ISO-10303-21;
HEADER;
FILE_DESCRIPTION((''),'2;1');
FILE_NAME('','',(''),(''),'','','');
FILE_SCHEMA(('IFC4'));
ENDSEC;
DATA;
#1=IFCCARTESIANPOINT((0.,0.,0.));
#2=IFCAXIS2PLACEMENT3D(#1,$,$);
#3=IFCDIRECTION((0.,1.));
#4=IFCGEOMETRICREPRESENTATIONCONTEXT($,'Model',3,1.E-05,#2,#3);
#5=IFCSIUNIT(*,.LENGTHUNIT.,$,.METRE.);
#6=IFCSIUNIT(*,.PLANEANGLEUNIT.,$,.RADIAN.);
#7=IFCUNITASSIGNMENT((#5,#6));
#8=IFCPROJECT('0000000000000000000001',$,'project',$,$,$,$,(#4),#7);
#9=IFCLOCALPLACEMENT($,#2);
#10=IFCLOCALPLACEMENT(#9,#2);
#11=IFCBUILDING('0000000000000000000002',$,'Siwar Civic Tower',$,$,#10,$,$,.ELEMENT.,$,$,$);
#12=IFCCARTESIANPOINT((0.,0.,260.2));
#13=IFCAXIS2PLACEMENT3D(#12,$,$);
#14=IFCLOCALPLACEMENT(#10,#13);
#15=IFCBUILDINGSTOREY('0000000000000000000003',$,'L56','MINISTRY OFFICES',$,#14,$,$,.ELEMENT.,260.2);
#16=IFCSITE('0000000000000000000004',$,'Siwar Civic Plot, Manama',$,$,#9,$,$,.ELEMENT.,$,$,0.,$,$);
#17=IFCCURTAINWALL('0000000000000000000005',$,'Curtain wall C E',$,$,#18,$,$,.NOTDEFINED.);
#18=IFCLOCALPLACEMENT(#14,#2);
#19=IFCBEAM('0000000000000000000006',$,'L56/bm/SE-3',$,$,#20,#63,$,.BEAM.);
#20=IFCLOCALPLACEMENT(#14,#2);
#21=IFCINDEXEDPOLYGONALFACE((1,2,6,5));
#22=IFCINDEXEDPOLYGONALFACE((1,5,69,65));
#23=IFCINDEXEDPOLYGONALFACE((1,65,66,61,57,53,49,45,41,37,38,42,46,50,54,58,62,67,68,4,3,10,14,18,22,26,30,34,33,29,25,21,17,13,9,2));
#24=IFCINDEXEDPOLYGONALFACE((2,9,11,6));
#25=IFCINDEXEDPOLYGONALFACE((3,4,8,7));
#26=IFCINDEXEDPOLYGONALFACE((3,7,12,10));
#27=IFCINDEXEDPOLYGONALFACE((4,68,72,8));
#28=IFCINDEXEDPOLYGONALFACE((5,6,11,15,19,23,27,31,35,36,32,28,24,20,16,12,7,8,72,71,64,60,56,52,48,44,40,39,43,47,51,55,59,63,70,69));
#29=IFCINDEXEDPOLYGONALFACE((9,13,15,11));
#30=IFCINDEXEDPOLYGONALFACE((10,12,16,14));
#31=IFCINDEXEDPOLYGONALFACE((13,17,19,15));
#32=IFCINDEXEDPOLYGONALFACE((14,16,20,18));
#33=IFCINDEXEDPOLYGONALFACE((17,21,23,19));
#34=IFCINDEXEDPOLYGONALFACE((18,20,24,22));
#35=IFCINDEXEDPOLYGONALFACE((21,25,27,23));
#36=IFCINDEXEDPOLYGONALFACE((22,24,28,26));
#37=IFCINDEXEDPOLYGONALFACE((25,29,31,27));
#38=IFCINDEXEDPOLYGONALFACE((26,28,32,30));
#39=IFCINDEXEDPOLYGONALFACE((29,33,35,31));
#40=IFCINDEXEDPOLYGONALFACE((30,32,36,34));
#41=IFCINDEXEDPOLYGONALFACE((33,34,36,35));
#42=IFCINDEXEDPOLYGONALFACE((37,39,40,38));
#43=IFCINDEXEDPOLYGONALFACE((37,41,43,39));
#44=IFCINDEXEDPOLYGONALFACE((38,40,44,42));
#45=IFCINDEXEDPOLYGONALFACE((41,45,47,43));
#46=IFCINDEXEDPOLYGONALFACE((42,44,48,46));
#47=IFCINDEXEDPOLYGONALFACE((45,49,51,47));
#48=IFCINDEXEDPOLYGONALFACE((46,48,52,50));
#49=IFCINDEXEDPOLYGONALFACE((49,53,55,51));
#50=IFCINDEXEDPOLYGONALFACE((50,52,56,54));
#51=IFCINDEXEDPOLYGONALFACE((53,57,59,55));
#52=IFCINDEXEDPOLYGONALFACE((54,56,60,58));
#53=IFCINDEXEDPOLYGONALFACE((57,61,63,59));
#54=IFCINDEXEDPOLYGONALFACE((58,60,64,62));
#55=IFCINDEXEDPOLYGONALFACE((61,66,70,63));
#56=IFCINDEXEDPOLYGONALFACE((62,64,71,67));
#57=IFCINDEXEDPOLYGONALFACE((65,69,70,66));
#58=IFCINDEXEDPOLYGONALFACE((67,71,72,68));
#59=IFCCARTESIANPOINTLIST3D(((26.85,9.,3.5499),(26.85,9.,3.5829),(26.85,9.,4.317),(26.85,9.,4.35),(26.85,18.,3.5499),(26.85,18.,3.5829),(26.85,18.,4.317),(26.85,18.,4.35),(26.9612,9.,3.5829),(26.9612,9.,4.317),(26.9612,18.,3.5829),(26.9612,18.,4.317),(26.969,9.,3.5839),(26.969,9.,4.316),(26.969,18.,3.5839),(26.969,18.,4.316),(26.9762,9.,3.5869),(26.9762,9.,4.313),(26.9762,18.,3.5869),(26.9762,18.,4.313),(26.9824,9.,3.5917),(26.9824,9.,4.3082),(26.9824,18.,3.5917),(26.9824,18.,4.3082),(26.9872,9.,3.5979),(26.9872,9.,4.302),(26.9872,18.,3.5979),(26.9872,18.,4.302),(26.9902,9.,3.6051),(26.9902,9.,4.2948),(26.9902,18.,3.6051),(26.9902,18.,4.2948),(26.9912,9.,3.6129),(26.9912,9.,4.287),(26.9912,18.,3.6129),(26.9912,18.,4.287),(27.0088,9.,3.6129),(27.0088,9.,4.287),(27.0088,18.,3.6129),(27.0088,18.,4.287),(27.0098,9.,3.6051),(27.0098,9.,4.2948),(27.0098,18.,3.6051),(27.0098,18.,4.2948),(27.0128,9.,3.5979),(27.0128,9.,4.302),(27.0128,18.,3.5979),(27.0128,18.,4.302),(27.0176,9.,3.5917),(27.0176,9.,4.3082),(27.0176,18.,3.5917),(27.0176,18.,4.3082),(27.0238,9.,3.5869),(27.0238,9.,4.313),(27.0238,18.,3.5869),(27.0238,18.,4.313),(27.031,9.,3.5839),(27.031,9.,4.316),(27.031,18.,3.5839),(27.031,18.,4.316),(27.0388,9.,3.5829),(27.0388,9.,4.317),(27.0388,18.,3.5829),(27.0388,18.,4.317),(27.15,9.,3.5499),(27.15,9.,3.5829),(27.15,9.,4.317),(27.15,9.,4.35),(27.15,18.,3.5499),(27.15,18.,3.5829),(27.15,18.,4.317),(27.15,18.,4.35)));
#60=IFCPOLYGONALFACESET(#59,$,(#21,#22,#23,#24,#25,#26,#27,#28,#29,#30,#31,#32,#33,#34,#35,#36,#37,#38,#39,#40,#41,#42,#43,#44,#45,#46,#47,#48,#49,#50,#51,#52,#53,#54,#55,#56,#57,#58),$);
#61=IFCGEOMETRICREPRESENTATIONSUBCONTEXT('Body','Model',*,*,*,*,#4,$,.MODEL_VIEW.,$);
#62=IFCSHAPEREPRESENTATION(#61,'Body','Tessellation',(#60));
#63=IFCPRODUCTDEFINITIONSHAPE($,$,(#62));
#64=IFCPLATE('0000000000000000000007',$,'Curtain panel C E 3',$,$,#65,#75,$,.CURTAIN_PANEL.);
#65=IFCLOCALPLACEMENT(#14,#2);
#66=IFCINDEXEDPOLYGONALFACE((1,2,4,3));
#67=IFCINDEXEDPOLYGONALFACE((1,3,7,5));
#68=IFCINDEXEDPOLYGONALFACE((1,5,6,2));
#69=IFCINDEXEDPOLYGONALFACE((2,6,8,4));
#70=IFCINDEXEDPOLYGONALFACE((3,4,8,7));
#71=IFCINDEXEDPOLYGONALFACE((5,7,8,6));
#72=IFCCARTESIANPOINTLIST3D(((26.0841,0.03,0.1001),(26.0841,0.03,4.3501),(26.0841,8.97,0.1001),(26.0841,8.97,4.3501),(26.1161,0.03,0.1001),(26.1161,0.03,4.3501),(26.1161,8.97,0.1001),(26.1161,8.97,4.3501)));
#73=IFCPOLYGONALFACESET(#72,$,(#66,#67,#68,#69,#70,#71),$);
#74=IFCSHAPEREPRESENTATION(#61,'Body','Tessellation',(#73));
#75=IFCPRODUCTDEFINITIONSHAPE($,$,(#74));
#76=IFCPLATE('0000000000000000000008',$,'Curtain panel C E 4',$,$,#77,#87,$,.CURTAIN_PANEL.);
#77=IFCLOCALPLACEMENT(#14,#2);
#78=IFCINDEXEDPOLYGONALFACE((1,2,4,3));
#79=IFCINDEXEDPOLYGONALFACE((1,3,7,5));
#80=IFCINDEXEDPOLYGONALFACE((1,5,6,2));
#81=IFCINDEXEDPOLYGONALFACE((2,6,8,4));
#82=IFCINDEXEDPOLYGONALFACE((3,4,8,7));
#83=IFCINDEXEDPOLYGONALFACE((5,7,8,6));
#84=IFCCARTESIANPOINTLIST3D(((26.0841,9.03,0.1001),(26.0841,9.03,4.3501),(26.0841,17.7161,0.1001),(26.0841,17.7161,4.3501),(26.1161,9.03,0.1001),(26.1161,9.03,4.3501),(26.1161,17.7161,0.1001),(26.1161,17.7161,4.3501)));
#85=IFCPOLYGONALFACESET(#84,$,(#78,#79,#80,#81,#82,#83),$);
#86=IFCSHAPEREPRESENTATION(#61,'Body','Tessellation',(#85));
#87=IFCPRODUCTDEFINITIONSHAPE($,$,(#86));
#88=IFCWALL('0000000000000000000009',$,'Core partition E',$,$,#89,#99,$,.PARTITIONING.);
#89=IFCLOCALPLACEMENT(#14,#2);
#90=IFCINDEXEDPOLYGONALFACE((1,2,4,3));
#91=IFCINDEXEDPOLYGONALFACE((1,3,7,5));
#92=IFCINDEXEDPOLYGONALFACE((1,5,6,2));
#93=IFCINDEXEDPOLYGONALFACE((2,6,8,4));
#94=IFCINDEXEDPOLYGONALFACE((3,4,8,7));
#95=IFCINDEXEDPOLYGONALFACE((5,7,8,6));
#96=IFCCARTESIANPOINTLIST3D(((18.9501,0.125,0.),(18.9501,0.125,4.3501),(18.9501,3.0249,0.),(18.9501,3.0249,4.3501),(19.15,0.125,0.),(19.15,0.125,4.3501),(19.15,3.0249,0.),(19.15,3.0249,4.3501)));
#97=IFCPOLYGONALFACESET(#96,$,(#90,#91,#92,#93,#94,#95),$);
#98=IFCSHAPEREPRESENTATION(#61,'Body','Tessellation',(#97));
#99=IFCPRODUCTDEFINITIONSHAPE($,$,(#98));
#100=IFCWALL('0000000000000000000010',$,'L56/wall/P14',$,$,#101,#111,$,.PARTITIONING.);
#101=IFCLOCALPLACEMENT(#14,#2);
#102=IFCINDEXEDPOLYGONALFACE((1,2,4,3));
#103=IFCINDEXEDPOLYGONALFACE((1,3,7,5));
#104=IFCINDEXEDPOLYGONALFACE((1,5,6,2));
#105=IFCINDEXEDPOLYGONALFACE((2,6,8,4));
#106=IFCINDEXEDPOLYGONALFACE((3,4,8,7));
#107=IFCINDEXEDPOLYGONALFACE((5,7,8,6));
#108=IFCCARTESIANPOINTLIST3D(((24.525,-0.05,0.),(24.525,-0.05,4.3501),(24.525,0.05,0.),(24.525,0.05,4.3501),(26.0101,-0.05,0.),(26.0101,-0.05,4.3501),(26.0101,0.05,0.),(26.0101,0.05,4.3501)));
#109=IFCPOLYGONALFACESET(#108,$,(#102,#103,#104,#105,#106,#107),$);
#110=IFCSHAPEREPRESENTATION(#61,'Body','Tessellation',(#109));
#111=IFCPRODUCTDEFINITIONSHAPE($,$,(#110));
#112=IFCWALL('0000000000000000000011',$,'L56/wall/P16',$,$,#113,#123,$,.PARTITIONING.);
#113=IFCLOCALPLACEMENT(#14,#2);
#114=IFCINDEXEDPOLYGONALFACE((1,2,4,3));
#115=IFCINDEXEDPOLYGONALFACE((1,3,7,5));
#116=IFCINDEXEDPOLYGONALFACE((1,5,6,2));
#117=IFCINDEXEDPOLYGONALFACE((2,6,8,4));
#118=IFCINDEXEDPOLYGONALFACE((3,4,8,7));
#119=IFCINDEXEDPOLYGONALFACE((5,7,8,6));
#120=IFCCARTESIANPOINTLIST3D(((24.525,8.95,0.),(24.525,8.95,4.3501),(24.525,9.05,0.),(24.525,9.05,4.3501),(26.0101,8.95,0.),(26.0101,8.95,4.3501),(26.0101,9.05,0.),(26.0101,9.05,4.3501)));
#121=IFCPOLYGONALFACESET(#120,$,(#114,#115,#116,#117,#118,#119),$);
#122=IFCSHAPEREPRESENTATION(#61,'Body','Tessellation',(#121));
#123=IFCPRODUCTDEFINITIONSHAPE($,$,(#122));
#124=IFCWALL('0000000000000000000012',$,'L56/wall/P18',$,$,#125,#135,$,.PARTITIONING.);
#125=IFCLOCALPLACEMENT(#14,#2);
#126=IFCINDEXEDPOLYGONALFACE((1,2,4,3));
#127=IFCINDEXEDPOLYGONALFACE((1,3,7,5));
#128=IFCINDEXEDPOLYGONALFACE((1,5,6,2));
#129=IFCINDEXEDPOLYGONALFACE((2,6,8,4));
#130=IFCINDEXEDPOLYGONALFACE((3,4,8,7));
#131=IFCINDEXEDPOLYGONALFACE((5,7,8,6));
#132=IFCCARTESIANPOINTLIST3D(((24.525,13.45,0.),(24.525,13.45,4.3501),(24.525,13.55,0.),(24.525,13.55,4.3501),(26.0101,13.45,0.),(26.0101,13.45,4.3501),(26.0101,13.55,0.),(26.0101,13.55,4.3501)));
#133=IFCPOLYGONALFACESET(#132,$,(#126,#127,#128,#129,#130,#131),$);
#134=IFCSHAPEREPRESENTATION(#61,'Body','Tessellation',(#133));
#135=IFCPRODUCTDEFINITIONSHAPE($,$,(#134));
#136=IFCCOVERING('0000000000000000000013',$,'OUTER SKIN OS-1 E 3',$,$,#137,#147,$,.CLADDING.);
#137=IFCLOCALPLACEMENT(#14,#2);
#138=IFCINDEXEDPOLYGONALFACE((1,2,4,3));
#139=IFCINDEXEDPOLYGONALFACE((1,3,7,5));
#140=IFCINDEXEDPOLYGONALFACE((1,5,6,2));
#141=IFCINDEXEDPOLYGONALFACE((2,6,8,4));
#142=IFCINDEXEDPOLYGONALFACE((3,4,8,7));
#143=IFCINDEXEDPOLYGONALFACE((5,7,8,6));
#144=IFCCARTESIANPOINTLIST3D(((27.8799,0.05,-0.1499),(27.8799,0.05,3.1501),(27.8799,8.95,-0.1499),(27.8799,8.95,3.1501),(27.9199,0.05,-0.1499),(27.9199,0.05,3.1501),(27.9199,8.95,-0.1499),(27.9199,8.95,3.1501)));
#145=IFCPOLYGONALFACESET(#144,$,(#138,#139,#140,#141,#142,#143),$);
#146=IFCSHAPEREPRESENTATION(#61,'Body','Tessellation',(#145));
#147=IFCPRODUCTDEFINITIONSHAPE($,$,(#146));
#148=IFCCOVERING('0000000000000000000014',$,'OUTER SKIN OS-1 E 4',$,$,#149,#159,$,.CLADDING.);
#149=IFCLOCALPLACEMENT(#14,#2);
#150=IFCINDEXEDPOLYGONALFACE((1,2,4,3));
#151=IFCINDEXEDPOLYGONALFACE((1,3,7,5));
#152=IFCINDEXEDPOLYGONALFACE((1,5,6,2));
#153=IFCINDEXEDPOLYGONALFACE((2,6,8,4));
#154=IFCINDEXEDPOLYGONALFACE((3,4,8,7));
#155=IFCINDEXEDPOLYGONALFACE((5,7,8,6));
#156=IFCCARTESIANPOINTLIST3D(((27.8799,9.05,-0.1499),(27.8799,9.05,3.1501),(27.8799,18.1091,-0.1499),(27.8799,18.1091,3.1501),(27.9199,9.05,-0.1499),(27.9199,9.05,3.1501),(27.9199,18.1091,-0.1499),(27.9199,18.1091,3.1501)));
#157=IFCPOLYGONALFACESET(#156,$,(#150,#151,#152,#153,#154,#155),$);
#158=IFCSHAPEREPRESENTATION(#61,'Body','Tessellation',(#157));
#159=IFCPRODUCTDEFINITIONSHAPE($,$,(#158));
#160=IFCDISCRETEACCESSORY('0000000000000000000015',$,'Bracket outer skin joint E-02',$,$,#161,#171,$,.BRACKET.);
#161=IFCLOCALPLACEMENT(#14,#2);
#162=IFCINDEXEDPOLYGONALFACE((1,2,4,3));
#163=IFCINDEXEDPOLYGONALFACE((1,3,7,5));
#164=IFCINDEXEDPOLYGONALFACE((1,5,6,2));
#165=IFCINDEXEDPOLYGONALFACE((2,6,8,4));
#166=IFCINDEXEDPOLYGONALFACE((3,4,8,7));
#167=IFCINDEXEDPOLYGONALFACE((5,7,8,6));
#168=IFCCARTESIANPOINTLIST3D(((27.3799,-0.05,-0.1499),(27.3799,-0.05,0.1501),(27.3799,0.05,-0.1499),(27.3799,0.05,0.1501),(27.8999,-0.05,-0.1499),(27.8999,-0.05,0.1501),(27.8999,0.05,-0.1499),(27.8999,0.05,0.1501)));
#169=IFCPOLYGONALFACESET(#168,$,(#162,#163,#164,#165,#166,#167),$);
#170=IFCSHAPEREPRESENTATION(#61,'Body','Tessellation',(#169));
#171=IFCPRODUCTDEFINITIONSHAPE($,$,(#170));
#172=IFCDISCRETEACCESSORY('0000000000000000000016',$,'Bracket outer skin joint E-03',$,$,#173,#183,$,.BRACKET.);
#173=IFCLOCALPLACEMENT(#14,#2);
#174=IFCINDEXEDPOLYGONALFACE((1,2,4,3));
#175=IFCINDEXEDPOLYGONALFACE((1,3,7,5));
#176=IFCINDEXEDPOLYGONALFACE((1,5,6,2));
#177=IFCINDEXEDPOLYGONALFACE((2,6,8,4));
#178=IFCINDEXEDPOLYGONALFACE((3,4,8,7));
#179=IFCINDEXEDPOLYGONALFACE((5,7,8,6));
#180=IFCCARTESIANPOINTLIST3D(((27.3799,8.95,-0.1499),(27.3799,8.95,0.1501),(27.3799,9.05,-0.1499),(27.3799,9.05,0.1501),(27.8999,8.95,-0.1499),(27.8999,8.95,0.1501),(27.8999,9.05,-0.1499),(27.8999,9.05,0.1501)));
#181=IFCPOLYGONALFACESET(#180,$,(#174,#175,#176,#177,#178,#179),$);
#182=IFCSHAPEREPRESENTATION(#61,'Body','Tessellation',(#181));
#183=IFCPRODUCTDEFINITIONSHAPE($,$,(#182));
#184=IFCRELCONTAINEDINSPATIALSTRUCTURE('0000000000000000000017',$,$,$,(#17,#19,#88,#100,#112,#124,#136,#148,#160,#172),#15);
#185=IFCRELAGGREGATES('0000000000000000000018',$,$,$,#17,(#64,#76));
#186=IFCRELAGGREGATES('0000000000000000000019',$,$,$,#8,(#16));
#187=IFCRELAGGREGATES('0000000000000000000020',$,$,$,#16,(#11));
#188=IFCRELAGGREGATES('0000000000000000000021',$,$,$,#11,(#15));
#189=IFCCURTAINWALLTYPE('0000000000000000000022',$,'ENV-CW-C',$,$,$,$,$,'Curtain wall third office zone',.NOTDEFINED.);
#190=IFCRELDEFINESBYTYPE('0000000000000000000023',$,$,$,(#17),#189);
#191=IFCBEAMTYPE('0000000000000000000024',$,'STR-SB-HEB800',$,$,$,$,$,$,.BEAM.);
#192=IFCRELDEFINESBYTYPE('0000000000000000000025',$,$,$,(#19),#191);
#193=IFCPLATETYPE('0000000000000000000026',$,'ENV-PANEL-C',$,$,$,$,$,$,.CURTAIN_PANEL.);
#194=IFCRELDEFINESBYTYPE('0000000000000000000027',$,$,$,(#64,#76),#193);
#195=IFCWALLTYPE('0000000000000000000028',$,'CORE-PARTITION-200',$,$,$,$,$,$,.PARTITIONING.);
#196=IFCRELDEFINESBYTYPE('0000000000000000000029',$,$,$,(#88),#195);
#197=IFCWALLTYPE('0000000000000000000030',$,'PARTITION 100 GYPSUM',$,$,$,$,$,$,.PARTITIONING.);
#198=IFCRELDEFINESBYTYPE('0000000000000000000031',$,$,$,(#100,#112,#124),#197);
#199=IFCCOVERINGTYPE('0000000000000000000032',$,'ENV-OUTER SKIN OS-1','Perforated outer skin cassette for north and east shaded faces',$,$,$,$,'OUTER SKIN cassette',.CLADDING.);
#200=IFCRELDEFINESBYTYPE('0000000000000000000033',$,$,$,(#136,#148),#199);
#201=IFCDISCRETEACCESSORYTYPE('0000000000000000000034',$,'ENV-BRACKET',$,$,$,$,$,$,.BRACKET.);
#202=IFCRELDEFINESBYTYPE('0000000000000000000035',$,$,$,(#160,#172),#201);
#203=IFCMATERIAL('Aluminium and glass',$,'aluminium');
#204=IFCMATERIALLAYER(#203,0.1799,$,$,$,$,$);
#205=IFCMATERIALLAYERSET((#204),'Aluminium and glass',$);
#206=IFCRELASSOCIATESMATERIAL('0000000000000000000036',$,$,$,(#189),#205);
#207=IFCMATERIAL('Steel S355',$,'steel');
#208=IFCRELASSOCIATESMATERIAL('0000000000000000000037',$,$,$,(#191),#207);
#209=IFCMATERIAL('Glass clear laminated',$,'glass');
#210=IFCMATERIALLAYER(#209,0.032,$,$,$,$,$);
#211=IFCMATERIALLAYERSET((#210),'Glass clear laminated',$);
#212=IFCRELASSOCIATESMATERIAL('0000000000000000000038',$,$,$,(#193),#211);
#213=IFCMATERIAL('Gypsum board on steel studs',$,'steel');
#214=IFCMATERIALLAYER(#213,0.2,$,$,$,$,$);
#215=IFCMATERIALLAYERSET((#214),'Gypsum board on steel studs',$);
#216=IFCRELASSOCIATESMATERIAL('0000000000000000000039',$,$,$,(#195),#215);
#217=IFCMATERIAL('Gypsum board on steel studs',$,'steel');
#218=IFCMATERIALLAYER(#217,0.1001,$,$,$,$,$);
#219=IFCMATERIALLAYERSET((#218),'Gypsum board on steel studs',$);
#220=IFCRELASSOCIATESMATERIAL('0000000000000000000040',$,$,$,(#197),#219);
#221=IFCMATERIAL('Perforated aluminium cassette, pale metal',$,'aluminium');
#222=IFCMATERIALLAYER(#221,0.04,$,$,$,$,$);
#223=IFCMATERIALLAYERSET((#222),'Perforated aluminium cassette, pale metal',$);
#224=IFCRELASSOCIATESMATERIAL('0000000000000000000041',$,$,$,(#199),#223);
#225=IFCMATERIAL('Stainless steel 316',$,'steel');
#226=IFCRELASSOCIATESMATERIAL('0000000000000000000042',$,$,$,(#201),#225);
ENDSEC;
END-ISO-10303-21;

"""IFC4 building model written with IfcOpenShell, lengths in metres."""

from ifc_helpers import new_model, si_unit, direction, frame, frame_2d, origin, origin_2d, place, context, subcontext, project, spatial, rectangle, i_section, extrude, material, layer, layer_set, material_profile, profile_set, type_object, element, aggregate, save


model = new_model("IFC4")

# Units and contexts
model_context = context("Model", 3, precision=1e-05, world=origin(), true_north=direction((0.0, 1.0)))
body_context = subcontext(model_context, "Body", "Model", "MODEL_VIEW")
ifc_project = project(units=[si_unit("LENGTHUNIT", "METRE"), si_unit("PLANEANGLEUNIT", "RADIAN")], contexts=[model_context])

# Site, building, storey
site_placement = place(None, origin())
site = spatial("IfcSite", under=ifc_project, at=site_placement, Name="Siwar Civic Plot, Manama", CompositionType="ELEMENT", RefElevation=0.0)
building_placement = place(site_placement, origin())
building = spatial("IfcBuilding", under=site, at=building_placement, Name="Siwar Civic Tower", CompositionType="ELEMENT")
storey_placement = place(building_placement, frame((0.0, 0.0, 260.2)))
storey = spatial("IfcBuildingStorey", under=building, at=storey_placement, Name="L56", Description="MINISTRY OFFICES", CompositionType="ELEMENT", Elevation=260.2)

# Curtain wall
ifc_material_1 = material(Name="Aluminium and glass", Category="aluminium")
ifc_layer_1 = layer(ifc_material_1, 0.1799)
ifc_layer_set_1 = layer_set([ifc_layer_1], Name="Aluminium and glass")
curtain_wall_type_1 = type_object("IfcCurtainWallType", Name="ENV-CW-C", ElementType="Curtain wall third office zone", PredefinedType="NOTDEFINED", material=ifc_layer_set_1)
curtain_wall_1_placement = place(storey_placement, origin())
curtain_wall_1 = element("IfcCurtainWall", 1, at=curtain_wall_1_placement, inside=storey, type_object=curtain_wall_type_1, Name="Curtain wall C E", PredefinedType="NOTDEFINED")

# Beam
ifc_material_2 = material(Name="Steel S355", Category="steel")
ifc_material_profile_1 = material_profile(ifc_material_2, i_section(OverallWidth=0.3, OverallDepth=0.8, WebThickness=0.0176, FlangeThickness=0.033, FilletRadius=0.03, at=origin_2d()), Name="HEB800")
ifc_profile_set_1 = profile_set([ifc_material_profile_1], Name="Steel S355")
beam_type_1 = type_object("IfcBeamType", Name="STR-SB-HEB800", PredefinedType="BEAM", material=ifc_profile_set_1)
for number, where, z_axis, x_axis, name in (
    (2, (27.0, 9.0, 3.95), (0.0, 1.0, 0.0), (-1.0, 0.0, 0.0), "L56/bm/SE-3"),
):
    element("IfcBeam", number, at=place(storey_placement, frame(where, z_axis=z_axis, x_axis=x_axis)), inside=storey, type_object=beam_type_1, Name=name, PredefinedType="BEAM", context=body_context, shape_type="SweptSolid", body=[
        extrude(i_section(OverallWidth=0.3, OverallDepth=0.8, WebThickness=0.0176, FlangeThickness=0.033, FilletRadius=0.03, at=origin_2d()), origin(), (0.0, 0.0, 1.0), 9.0),
    ])

# Plates
ifc_material_3 = material(Name="Glass clear laminated", Category="glass")
ifc_layer_2 = layer(ifc_material_3, 0.032)
ifc_layer_set_2 = layer_set([ifc_layer_2], Name="Glass clear laminated")
plate_type = type_object("IfcPlateType", Name="ENV-PANEL-C", PredefinedType="CURTAIN_PANEL", material=ifc_layer_set_2)
plate_1_placement = place(storey_placement, frame((26.1001, 4.5, 0.1001), z_axis=(0.0, 0.0, 1.0), x_axis=(0.0, 1.0, 0.0)))
plate_1 = element("IfcPlate", 3, at=plate_1_placement, type_object=plate_type, Name="Curtain panel C E 3", PredefinedType="CURTAIN_PANEL", context=body_context, shape_type="SweptSolid", body=[
    extrude(rectangle(XDim=8.9399, YDim=0.032, at=origin_2d()), origin(), (0.0, 0.0, 1.0), 4.25),
])
plate_2_placement = place(storey_placement, frame((26.1001, 13.373, 0.1001), z_axis=(0.0, 0.0, 1.0), x_axis=(0.0, 1.0, 0.0)))
plate_2 = element("IfcPlate", 4, at=plate_2_placement, type_object=plate_type, Name="Curtain panel C E 4", PredefinedType="CURTAIN_PANEL", context=body_context, shape_type="SweptSolid", body=[
    extrude(rectangle(XDim=8.686, YDim=0.032, at=origin_2d()), origin(), (0.0, 0.0, 1.0), 4.25),
])
aggregate(curtain_wall_1, [plate_1, plate_2])

# Walls
ifc_material_4 = material(Name="Gypsum board on steel studs", Category="steel")
ifc_layer_3 = layer(ifc_material_4, 0.2)
ifc_layer_set_3 = layer_set([ifc_layer_3], Name="Gypsum board on steel studs")
wall_type_1 = type_object("IfcWallType", Name="CORE-PARTITION-200", PredefinedType="PARTITIONING", material=ifc_layer_set_3)
wall_placement = place(storey_placement, frame((19.05, 0.125, 0.0), z_axis=(0.0, 0.0, 1.0), x_axis=(0.0, 1.0, 0.0)))
element("IfcWall", 5, at=wall_placement, inside=storey, type_object=wall_type_1, Name="Core partition E", PredefinedType="PARTITIONING", context=body_context, shape_type="SweptSolid", body=[
    extrude(rectangle(XDim=2.8999, YDim=0.2, at=frame_2d((1.45, 0.0))), origin(), (0.0, 0.0, 1.0), 4.3501),
])
ifc_material_5 = material(Name="Gypsum board on steel studs", Category="steel")
ifc_layer_4 = layer(ifc_material_5, 0.1001)
ifc_layer_set_4 = layer_set([ifc_layer_4], Name="Gypsum board on steel studs")
wall_type_2 = type_object("IfcWallType", Name="PARTITION 100 GYPSUM", PredefinedType="PARTITIONING", material=ifc_layer_set_4)
for number, where, z_axis, x_axis, name in (
    (6, (24.5249, 0.0, 0.0), (0.0, 0.0, 1.0), (1.0, 0.0, 0.0), "L56/wall/P14"),
    (7, (24.5249, 9.0, 0.0), (0.0, 0.0, 1.0), (1.0, 0.0, 0.0), "L56/wall/P16"),
    (8, (24.5249, 13.5, 0.0), (0.0, 0.0, 1.0), (1.0, 0.0, 0.0), "L56/wall/P18"),
):
    element("IfcWall", number, at=place(storey_placement, frame(where, z_axis=z_axis, x_axis=x_axis)), inside=storey, type_object=wall_type_2, Name=name, PredefinedType="PARTITIONING", context=body_context, shape_type="SweptSolid", body=[
        extrude(rectangle(XDim=1.4851, YDim=0.1001, at=frame_2d((0.7427, 0.0))), origin(), (0.0, 0.0, 1.0), 4.3501),
    ])

# Coverings
ifc_material_6 = material(Name="Perforated aluminium cassette, pale metal", Category="aluminium")
ifc_layer_5 = layer(ifc_material_6, 0.04)
ifc_layer_set_5 = layer_set([ifc_layer_5], Name="Perforated aluminium cassette, pale metal")
covering_type = type_object("IfcCoveringType", Name="ENV-OUTER SKIN OS-1", Description="Perforated outer skin cassette for north and east shaded faces", ElementType="OUTER SKIN cassette", PredefinedType="CLADDING", material=ifc_layer_set_5)
covering_1_placement = place(storey_placement, frame((27.8999, 4.5, -0.1499), z_axis=(0.0, 0.0, 1.0), x_axis=(0.0, 1.0, 0.0)))
element("IfcCovering", 9, at=covering_1_placement, inside=storey, type_object=covering_type, Name="OUTER SKIN OS-1 E 3", PredefinedType="CLADDING", context=body_context, shape_type="SweptSolid", body=[
    extrude(rectangle(XDim=8.8999, YDim=0.04, at=origin_2d()), origin(), (0.0, 0.0, 1.0), 3.3),
])
covering_2_placement = place(storey_placement, frame((27.8999, 13.5796, -0.1499), z_axis=(0.0, 0.0, 1.0), x_axis=(0.0, 1.0, 0.0)))
element("IfcCovering", 10, at=covering_2_placement, inside=storey, type_object=covering_type, Name="OUTER SKIN OS-1 E 4", PredefinedType="CLADDING", context=body_context, shape_type="SweptSolid", body=[
    extrude(rectangle(XDim=9.0591, YDim=0.04, at=origin_2d()), origin(), (0.0, 0.0, 1.0), 3.3),
])

# Discrete accessories
ifc_material_7 = material(Name="Stainless steel 316", Category="steel")
discrete_accessory_type = type_object("IfcDiscreteAccessoryType", Name="ENV-BRACKET", PredefinedType="BRACKET", material=ifc_material_7)
for number, where, z_axis, x_axis, name in (
    (11, (27.6399, 0.0, -0.1499), (0.0, 0.0, 1.0), (1.0, 0.0, 0.0), "Bracket outer skin joint E-02"),
    (12, (27.6399, 9.0, -0.1499), (0.0, 0.0, 1.0), (1.0, 0.0, 0.0), "Bracket outer skin joint E-03"),
):
    element("IfcDiscreteAccessory", number, at=place(storey_placement, frame(where, z_axis=z_axis, x_axis=x_axis)), inside=storey, type_object=discrete_accessory_type, Name=name, PredefinedType="BRACKET", context=body_context, shape_type="SweptSolid", body=[
        extrude(rectangle(XDim=0.52, YDim=0.1001, at=origin_2d()), origin(), (0.0, 0.0, 1.0), 0.3),
    ])

save(model, "model.ifc")
